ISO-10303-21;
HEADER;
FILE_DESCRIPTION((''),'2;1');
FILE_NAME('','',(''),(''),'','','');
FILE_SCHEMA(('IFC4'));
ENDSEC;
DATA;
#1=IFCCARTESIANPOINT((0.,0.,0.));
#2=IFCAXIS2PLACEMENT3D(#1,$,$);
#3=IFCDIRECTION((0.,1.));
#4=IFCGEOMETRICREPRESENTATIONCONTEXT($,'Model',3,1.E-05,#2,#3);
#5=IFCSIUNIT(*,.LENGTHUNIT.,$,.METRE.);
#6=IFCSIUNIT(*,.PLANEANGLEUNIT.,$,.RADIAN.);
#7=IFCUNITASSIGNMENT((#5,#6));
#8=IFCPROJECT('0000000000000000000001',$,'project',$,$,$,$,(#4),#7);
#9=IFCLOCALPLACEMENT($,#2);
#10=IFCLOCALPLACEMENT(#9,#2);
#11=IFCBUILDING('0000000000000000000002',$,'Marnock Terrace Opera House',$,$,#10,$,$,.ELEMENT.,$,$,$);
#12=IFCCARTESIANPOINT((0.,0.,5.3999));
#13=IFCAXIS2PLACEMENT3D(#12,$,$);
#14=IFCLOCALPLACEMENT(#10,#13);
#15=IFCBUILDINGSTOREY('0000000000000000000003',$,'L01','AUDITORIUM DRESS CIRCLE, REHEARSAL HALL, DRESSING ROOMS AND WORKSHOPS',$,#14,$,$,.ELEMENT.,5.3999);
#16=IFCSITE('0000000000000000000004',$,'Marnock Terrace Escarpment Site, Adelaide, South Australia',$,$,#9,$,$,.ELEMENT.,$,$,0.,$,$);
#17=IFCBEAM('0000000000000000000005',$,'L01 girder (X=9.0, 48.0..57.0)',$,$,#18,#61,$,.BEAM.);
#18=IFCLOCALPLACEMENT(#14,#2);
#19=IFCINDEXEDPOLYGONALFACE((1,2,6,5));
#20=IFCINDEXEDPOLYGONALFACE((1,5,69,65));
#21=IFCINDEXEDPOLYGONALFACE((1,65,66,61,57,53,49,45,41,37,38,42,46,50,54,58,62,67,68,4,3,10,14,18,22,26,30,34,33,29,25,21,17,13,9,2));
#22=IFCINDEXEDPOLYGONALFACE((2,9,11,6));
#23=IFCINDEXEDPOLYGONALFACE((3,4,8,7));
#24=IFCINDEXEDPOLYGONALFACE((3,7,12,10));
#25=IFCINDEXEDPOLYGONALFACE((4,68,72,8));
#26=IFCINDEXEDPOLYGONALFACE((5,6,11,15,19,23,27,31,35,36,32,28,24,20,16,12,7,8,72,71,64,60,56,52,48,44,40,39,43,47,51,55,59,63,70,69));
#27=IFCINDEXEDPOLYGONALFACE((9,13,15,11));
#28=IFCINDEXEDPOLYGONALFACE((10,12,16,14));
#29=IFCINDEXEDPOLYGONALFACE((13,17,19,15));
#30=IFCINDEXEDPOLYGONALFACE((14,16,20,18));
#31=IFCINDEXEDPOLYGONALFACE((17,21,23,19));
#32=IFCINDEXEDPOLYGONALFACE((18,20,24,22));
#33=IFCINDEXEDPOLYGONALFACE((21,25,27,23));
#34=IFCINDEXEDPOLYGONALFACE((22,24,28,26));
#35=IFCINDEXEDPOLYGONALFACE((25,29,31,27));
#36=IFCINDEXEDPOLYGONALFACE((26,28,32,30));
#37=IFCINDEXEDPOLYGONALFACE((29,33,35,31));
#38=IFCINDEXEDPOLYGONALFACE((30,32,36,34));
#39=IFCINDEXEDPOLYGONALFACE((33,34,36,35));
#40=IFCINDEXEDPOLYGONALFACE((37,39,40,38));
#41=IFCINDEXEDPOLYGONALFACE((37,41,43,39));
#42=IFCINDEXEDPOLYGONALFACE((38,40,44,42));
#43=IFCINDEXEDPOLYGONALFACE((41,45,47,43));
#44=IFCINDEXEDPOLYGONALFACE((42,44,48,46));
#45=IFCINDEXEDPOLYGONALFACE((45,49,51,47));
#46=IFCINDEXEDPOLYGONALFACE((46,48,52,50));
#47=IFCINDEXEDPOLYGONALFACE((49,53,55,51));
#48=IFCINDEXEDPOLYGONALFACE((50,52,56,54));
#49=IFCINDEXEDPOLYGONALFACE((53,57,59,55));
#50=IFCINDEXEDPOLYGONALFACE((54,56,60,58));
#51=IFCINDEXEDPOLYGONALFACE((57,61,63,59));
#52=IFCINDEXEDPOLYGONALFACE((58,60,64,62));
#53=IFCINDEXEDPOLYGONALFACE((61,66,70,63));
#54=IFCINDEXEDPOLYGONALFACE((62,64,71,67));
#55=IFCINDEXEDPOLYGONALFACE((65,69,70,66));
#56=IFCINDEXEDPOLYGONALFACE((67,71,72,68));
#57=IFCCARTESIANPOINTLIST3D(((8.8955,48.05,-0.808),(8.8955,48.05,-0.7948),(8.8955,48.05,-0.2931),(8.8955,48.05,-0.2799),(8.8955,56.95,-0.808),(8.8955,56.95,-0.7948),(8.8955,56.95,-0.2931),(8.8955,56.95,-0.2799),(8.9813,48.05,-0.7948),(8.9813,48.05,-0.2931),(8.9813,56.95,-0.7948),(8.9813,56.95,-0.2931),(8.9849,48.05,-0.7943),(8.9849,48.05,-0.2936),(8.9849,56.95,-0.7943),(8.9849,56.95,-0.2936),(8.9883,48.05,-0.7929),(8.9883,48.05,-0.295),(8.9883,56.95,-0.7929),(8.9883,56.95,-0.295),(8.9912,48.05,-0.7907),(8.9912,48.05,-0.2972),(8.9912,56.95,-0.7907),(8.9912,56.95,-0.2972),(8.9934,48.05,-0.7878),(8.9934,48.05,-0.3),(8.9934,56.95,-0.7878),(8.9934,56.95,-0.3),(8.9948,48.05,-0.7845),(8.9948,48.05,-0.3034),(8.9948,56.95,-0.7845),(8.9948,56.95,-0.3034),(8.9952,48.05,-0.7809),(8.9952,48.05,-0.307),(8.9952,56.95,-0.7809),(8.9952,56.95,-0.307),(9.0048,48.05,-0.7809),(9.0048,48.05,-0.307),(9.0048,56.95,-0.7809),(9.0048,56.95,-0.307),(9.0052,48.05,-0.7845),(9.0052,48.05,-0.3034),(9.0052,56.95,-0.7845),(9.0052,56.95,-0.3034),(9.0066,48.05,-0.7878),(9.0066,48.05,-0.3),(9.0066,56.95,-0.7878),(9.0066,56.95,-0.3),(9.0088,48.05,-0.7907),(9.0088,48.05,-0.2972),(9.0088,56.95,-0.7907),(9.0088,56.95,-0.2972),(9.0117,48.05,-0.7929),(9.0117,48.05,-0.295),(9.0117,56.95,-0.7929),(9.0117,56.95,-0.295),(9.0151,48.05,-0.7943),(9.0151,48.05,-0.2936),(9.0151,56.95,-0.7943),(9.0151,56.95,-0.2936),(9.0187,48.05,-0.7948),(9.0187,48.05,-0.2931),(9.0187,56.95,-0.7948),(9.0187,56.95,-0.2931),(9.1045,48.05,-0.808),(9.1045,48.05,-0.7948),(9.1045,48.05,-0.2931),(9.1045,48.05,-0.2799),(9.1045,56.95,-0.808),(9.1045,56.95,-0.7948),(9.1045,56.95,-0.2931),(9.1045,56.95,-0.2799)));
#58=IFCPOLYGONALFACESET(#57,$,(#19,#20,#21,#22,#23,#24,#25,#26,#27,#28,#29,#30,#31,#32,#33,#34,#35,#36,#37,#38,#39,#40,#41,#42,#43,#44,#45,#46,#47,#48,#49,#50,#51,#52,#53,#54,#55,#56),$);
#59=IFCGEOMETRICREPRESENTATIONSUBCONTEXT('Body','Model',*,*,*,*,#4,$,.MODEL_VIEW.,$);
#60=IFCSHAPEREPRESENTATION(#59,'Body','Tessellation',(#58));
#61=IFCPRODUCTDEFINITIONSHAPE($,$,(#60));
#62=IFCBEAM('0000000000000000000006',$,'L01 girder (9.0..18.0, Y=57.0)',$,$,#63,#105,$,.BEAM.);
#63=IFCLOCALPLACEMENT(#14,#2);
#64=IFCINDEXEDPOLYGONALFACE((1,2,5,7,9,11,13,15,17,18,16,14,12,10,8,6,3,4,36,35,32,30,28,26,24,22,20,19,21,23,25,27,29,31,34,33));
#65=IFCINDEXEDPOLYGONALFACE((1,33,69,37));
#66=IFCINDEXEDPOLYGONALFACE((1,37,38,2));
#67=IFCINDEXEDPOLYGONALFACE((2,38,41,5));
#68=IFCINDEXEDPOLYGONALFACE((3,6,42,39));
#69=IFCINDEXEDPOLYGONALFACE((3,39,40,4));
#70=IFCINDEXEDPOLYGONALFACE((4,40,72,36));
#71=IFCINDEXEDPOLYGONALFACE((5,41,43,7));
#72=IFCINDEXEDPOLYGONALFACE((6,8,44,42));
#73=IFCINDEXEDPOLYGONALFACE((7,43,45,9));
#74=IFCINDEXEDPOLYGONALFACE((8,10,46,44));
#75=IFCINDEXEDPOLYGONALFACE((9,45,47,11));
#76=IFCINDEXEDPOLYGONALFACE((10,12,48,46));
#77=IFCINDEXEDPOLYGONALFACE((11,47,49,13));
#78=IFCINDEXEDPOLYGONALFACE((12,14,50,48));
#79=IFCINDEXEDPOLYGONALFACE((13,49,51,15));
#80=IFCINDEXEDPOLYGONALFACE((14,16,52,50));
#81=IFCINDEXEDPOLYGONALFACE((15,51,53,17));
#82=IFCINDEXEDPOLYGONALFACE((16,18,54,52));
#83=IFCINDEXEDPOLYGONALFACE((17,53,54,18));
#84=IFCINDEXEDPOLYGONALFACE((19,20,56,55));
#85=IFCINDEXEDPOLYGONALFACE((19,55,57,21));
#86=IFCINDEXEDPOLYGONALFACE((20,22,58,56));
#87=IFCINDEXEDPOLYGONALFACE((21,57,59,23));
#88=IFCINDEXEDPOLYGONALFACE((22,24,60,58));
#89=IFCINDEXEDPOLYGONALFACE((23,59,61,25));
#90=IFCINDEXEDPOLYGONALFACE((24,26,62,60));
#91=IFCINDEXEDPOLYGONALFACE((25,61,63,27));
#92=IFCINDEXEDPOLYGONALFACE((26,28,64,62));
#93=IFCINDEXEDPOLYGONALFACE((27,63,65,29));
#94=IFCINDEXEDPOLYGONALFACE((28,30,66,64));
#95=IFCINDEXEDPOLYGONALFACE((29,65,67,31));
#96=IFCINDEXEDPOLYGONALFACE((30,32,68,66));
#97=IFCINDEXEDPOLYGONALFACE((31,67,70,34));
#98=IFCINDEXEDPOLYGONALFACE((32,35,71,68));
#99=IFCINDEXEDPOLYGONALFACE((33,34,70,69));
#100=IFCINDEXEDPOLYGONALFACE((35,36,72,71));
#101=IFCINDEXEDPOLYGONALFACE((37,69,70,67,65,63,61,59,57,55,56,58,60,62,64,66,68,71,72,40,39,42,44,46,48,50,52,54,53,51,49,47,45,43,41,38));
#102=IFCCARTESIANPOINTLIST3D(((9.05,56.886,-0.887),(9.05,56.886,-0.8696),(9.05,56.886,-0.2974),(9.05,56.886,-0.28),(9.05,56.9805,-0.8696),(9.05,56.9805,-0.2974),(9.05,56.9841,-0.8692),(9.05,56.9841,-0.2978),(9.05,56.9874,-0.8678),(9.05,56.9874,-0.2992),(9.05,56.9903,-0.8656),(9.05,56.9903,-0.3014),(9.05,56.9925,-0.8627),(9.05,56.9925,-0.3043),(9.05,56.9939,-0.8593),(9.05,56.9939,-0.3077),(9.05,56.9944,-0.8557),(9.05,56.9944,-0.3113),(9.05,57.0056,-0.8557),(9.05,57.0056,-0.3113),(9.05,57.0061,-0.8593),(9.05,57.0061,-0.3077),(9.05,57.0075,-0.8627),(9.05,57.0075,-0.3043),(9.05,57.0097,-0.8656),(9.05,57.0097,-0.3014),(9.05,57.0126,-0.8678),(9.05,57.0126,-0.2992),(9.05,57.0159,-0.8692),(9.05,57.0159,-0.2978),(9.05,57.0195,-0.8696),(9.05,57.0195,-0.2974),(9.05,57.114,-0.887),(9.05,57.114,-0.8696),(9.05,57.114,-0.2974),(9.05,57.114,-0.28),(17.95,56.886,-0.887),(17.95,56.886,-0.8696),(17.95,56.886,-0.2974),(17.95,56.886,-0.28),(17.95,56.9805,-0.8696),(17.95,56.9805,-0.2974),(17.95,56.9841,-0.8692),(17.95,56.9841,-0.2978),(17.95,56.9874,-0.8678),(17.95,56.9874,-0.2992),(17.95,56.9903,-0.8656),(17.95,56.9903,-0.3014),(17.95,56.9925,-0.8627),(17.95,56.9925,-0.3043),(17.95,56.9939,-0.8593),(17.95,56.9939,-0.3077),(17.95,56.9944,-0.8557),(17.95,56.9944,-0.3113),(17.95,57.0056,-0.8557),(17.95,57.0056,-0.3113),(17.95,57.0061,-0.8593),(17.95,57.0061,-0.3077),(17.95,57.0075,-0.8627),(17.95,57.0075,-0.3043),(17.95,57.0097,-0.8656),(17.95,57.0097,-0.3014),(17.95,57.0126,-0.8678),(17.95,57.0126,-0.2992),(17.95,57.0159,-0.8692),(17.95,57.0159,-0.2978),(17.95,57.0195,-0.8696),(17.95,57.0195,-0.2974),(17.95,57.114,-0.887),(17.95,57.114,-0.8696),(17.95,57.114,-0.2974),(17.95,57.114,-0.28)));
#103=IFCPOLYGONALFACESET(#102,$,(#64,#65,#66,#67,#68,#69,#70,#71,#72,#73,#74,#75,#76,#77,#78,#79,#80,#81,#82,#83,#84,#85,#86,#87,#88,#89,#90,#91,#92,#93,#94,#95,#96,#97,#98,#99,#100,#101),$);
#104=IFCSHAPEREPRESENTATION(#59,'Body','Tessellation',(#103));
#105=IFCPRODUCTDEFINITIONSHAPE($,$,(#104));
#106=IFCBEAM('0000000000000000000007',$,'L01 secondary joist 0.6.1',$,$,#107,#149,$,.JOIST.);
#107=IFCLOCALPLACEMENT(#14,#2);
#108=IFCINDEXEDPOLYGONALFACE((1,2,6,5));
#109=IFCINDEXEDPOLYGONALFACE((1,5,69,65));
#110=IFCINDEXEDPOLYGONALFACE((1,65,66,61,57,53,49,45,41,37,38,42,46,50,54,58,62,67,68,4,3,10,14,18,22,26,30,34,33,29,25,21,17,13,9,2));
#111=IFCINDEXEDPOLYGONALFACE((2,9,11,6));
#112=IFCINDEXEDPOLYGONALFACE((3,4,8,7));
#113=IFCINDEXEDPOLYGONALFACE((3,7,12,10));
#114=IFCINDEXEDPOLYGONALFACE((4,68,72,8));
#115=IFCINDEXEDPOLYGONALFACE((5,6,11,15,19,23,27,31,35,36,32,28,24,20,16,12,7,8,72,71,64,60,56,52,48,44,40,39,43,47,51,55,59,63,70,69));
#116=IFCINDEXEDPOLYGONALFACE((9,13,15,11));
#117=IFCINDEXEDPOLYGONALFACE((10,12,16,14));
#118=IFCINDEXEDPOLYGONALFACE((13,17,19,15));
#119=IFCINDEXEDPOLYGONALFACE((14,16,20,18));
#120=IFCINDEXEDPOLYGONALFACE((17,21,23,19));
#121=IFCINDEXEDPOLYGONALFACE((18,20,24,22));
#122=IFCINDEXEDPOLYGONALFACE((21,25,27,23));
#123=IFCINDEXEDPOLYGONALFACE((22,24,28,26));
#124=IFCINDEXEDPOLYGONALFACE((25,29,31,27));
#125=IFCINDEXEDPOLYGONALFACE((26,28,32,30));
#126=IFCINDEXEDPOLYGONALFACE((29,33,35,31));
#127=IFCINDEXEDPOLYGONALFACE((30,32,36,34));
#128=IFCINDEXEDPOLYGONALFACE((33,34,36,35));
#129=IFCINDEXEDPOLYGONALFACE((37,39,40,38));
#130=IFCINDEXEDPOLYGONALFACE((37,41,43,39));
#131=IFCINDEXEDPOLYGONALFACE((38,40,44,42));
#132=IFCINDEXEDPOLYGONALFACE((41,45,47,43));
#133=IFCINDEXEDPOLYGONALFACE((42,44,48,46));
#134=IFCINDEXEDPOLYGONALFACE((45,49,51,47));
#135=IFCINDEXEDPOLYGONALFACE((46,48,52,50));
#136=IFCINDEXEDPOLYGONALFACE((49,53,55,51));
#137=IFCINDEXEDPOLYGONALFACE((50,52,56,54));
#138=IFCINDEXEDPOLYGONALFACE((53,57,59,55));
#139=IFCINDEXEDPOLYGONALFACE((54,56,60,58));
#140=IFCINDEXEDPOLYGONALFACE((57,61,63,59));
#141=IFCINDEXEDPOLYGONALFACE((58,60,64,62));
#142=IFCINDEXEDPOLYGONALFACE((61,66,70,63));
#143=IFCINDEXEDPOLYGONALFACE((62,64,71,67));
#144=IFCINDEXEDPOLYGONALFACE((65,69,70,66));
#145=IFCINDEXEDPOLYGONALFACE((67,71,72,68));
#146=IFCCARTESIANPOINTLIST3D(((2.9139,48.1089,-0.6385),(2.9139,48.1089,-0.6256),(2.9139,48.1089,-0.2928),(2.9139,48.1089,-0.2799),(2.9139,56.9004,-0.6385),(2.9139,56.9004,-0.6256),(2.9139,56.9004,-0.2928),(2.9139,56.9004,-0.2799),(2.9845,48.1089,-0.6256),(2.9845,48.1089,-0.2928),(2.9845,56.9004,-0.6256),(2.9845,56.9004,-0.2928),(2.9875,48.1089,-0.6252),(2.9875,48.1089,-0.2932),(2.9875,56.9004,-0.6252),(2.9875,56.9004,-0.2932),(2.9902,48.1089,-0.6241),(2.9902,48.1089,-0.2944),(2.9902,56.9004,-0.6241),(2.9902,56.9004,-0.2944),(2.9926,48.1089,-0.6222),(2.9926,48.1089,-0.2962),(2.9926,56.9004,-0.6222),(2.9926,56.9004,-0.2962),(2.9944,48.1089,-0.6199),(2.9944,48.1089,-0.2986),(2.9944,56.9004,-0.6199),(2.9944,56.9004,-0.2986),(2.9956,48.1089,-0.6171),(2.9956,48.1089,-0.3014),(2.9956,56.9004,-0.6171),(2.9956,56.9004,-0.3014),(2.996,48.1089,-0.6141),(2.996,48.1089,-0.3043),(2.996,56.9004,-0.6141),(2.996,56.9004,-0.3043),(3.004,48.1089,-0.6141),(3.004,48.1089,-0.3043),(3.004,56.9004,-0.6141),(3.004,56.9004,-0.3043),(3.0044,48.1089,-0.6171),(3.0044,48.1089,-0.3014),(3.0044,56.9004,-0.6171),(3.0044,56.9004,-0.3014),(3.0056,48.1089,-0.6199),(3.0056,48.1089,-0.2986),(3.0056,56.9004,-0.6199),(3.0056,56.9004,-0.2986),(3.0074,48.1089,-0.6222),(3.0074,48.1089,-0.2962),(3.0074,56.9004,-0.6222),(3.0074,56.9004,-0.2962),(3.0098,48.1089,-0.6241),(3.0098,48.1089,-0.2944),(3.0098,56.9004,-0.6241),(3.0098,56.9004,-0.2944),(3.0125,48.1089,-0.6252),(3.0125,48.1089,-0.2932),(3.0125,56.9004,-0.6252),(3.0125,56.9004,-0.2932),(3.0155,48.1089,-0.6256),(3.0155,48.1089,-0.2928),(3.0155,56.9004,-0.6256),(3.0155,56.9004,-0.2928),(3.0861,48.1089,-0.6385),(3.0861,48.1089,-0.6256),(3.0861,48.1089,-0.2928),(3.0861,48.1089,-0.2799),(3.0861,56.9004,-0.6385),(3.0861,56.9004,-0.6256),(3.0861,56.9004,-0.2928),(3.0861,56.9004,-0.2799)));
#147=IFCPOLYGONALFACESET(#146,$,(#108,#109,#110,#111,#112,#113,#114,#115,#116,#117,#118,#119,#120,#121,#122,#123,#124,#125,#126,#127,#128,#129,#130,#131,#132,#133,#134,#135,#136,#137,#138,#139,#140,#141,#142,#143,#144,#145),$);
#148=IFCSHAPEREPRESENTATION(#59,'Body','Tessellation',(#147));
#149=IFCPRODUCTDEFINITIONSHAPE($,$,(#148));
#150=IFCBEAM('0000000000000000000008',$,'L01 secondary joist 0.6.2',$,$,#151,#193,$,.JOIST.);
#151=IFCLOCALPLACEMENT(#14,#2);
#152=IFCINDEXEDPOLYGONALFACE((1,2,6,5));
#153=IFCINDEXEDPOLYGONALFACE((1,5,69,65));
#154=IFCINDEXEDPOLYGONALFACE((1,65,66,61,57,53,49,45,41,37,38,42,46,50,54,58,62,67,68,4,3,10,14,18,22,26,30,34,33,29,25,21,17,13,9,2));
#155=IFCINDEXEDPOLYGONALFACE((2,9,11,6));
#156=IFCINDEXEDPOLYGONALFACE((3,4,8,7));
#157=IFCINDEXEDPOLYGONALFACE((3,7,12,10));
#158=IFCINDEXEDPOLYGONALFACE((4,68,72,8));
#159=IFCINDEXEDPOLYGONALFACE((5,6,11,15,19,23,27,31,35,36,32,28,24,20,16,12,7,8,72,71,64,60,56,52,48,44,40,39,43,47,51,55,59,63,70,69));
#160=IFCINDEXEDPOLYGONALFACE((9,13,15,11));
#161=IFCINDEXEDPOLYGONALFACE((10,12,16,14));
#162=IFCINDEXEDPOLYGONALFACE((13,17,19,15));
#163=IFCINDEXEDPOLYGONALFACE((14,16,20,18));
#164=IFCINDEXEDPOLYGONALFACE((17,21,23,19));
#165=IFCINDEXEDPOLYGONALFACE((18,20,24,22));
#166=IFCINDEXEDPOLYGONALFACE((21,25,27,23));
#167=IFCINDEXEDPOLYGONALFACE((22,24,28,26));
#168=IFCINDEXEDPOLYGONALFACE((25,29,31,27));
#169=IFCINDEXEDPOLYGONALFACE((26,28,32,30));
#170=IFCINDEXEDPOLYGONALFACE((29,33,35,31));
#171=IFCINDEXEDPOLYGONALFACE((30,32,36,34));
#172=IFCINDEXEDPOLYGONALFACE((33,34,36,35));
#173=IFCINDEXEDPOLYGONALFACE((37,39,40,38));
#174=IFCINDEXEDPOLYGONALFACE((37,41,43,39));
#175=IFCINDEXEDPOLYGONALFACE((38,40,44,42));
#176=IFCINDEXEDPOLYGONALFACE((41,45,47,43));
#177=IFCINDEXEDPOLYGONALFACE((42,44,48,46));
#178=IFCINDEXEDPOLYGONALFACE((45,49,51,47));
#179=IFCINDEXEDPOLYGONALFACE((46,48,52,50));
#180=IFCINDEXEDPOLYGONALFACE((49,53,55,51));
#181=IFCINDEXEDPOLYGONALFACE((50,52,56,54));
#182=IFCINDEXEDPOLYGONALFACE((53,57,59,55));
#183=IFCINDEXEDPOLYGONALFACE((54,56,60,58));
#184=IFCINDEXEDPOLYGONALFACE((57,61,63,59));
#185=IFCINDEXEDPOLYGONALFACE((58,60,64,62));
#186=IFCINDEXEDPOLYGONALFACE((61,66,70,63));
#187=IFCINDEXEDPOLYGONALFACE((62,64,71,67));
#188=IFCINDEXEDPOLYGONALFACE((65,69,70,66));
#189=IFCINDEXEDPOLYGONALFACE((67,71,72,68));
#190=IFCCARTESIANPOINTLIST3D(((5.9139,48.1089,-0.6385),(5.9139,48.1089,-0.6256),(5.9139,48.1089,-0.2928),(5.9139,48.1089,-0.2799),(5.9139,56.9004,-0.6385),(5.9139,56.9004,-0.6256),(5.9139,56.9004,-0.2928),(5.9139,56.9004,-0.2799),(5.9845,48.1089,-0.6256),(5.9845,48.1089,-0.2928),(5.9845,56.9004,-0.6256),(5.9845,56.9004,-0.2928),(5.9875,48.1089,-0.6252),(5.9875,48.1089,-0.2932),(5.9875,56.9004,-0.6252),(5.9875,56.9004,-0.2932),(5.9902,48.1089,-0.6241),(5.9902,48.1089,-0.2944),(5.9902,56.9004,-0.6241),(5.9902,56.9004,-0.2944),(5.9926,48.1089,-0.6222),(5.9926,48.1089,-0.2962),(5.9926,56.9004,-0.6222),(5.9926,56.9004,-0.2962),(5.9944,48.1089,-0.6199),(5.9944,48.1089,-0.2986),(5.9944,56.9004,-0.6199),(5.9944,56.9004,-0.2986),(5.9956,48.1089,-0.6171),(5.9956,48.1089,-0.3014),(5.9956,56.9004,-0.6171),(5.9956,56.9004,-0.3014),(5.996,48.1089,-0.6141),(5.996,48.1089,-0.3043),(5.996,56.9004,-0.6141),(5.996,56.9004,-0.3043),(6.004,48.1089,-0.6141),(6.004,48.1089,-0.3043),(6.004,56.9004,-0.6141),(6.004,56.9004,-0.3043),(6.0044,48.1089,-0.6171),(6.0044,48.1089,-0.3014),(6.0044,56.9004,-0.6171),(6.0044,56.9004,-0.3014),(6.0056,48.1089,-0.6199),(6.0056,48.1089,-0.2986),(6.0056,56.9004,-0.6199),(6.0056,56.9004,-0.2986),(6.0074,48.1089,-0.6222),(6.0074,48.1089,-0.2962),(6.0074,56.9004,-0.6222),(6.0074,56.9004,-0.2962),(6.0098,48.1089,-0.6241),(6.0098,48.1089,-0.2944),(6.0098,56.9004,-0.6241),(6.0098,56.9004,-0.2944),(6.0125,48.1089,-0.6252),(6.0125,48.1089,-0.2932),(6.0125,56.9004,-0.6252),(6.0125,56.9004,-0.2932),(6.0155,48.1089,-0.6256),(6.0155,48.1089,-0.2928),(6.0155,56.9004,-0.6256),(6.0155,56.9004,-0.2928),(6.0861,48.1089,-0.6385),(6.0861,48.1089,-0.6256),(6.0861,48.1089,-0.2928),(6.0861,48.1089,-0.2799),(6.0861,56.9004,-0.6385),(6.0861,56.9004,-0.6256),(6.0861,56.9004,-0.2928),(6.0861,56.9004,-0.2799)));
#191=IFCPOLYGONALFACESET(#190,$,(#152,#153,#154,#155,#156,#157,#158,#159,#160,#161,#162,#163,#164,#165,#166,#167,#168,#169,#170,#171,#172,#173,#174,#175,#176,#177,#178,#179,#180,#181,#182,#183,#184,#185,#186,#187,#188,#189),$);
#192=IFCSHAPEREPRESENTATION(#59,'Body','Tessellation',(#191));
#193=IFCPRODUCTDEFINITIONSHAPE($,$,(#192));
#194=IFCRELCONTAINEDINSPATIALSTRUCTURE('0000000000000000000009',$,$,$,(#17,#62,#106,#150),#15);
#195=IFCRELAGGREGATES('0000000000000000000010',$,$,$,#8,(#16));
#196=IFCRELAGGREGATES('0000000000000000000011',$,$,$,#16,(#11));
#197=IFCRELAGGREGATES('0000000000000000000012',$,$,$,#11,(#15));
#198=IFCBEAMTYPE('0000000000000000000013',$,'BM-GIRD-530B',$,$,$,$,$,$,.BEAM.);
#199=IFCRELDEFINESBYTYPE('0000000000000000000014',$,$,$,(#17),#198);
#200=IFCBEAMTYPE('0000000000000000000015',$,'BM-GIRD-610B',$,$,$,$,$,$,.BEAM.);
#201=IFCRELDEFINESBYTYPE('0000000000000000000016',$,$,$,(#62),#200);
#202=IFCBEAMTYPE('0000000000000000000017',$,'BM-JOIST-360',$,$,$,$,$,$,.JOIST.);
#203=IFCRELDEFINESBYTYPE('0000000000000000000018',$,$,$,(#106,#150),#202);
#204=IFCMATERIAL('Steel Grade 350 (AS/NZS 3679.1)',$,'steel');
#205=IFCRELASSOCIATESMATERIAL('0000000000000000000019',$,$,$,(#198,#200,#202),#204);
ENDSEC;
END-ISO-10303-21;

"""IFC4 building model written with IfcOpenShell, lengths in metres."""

from ifc_helpers import new_model, si_unit, direction, frame, origin, origin_2d, place, context, subcontext, project, spatial, i_section, extrude, material, material_profile, profile_set, type_object, element, save


model = new_model("IFC4")

# Units and contexts
model_context = context("Model", 3, precision=1e-05, world=origin(), true_north=direction((0.0, 1.0)))
body_context = subcontext(model_context, "Body", "Model", "MODEL_VIEW")
ifc_project = project(units=[si_unit("LENGTHUNIT", "METRE"), si_unit("PLANEANGLEUNIT", "RADIAN")], contexts=[model_context])

# Site, building, storey
site_placement = place(None, origin())
site = spatial("IfcSite", under=ifc_project, at=site_placement, Name="Marnock Terrace Escarpment Site, Adelaide, South Australia", CompositionType="ELEMENT", RefElevation=0.0)
building_placement = place(site_placement, origin())
building = spatial("IfcBuilding", under=site, at=building_placement, Name="Marnock Terrace Opera House", CompositionType="ELEMENT")
storey_placement = place(building_placement, frame((0.0, 0.0, 5.3999)))
storey = spatial("IfcBuildingStorey", under=building, at=storey_placement, Name="L01", Description="AUDITORIUM DRESS CIRCLE, REHEARSAL HALL, DRESSING ROOMS AND WORKSHOPS", CompositionType="ELEMENT", Elevation=5.3999)

# Shared definitions
ifc_material_1 = material(Name="Steel Grade 350 (AS/NZS 3679.1)", Category="steel")

# Beams
ifc_material_profile_1 = material_profile(ifc_material_1, i_section(OverallWidth=0.209, OverallDepth=0.5281, WebThickness=0.0095, FlangeThickness=0.0132, FilletRadius=0.0139, at=origin_2d()))
ifc_profile_set_1 = profile_set([ifc_material_profile_1], Name="Steel Grade 350 (AS/NZS 3679.1)")
beam_type_1 = type_object("IfcBeamType", Name="BM-GIRD-530B", PredefinedType="BEAM", material=ifc_profile_set_1)
beam_1_placement = place(storey_placement, frame((9.0, 48.05, -0.5439), z_axis=(0.0, 1.0, 0.0), x_axis=(-1.0, 0.0, 0.0)))
element("IfcBeam", 1, at=beam_1_placement, inside=storey, type_object=beam_type_1, Name="L01 girder (X=9.0, 48.0..57.0)", PredefinedType="BEAM", context=body_context, shape_type="SweptSolid", body=[
    extrude(i_section(OverallWidth=0.209, OverallDepth=0.5281, WebThickness=0.0095, FlangeThickness=0.0132, FilletRadius=0.0139, at=origin_2d()), origin(), (0.0, 0.0, 1.0), 8.8999),
])
ifc_material_profile_2 = material_profile(ifc_material_1, i_section(OverallWidth=0.228, OverallDepth=0.6069, WebThickness=0.0112, FlangeThickness=0.0173, FilletRadius=0.0139, at=origin_2d()))
ifc_profile_set_2 = profile_set([ifc_material_profile_2], Name="Steel Grade 350 (AS/NZS 3679.1)")
beam_type_2 = type_object("IfcBeamType", Name="BM-GIRD-610B", PredefinedType="BEAM", material=ifc_profile_set_2)
beam_2_placement = place(storey_placement, frame((9.05, 57.0, -0.5835), z_axis=(1.0, 0.0, 0.0), x_axis=(0.0, 1.0, 0.0)))
element("IfcBeam", 2, at=beam_2_placement, inside=storey, type_object=beam_type_2, Name="L01 girder (9.0..18.0, Y=57.0)", PredefinedType="BEAM", context=body_context, shape_type="SweptSolid", body=[
    extrude(i_section(OverallWidth=0.228, OverallDepth=0.6069, WebThickness=0.0112, FlangeThickness=0.0173, FilletRadius=0.0139, at=origin_2d()), origin(), (0.0, 0.0, 1.0), 8.8999),
])
ifc_material_profile_3 = material_profile(ifc_material_1, i_section(OverallWidth=0.1721, OverallDepth=0.3586, WebThickness=0.0081, FlangeThickness=0.0129, FilletRadius=0.0115, at=origin_2d()))
ifc_profile_set_3 = profile_set([ifc_material_profile_3], Name="Steel Grade 350 (AS/NZS 3679.1)")
beam_type_3 = type_object("IfcBeamType", Name="BM-JOIST-360", PredefinedType="JOIST", material=ifc_profile_set_3)
for number, where, z_axis, x_axis, name in (
    (3, (3.0, 48.1089, -0.4592), (0.0, 1.0, 0.0), (-1.0, 0.0, 0.0), "L01 secondary joist 0.6.1"),
    (4, (6.0, 48.1089, -0.4592), (0.0, 1.0, 0.0), (-1.0, 0.0, 0.0), "L01 secondary joist 0.6.2"),
):
    element("IfcBeam", number, at=place(storey_placement, frame(where, z_axis=z_axis, x_axis=x_axis)), inside=storey, type_object=beam_type_3, Name=name, PredefinedType="JOIST", context=body_context, shape_type="SweptSolid", body=[
        extrude(i_section(OverallWidth=0.1721, OverallDepth=0.3586, WebThickness=0.0081, FlangeThickness=0.0129, FilletRadius=0.0115, at=origin_2d()), origin(), (0.0, 0.0, 1.0), 8.7915),
    ])

save(model, "model.ifc")
